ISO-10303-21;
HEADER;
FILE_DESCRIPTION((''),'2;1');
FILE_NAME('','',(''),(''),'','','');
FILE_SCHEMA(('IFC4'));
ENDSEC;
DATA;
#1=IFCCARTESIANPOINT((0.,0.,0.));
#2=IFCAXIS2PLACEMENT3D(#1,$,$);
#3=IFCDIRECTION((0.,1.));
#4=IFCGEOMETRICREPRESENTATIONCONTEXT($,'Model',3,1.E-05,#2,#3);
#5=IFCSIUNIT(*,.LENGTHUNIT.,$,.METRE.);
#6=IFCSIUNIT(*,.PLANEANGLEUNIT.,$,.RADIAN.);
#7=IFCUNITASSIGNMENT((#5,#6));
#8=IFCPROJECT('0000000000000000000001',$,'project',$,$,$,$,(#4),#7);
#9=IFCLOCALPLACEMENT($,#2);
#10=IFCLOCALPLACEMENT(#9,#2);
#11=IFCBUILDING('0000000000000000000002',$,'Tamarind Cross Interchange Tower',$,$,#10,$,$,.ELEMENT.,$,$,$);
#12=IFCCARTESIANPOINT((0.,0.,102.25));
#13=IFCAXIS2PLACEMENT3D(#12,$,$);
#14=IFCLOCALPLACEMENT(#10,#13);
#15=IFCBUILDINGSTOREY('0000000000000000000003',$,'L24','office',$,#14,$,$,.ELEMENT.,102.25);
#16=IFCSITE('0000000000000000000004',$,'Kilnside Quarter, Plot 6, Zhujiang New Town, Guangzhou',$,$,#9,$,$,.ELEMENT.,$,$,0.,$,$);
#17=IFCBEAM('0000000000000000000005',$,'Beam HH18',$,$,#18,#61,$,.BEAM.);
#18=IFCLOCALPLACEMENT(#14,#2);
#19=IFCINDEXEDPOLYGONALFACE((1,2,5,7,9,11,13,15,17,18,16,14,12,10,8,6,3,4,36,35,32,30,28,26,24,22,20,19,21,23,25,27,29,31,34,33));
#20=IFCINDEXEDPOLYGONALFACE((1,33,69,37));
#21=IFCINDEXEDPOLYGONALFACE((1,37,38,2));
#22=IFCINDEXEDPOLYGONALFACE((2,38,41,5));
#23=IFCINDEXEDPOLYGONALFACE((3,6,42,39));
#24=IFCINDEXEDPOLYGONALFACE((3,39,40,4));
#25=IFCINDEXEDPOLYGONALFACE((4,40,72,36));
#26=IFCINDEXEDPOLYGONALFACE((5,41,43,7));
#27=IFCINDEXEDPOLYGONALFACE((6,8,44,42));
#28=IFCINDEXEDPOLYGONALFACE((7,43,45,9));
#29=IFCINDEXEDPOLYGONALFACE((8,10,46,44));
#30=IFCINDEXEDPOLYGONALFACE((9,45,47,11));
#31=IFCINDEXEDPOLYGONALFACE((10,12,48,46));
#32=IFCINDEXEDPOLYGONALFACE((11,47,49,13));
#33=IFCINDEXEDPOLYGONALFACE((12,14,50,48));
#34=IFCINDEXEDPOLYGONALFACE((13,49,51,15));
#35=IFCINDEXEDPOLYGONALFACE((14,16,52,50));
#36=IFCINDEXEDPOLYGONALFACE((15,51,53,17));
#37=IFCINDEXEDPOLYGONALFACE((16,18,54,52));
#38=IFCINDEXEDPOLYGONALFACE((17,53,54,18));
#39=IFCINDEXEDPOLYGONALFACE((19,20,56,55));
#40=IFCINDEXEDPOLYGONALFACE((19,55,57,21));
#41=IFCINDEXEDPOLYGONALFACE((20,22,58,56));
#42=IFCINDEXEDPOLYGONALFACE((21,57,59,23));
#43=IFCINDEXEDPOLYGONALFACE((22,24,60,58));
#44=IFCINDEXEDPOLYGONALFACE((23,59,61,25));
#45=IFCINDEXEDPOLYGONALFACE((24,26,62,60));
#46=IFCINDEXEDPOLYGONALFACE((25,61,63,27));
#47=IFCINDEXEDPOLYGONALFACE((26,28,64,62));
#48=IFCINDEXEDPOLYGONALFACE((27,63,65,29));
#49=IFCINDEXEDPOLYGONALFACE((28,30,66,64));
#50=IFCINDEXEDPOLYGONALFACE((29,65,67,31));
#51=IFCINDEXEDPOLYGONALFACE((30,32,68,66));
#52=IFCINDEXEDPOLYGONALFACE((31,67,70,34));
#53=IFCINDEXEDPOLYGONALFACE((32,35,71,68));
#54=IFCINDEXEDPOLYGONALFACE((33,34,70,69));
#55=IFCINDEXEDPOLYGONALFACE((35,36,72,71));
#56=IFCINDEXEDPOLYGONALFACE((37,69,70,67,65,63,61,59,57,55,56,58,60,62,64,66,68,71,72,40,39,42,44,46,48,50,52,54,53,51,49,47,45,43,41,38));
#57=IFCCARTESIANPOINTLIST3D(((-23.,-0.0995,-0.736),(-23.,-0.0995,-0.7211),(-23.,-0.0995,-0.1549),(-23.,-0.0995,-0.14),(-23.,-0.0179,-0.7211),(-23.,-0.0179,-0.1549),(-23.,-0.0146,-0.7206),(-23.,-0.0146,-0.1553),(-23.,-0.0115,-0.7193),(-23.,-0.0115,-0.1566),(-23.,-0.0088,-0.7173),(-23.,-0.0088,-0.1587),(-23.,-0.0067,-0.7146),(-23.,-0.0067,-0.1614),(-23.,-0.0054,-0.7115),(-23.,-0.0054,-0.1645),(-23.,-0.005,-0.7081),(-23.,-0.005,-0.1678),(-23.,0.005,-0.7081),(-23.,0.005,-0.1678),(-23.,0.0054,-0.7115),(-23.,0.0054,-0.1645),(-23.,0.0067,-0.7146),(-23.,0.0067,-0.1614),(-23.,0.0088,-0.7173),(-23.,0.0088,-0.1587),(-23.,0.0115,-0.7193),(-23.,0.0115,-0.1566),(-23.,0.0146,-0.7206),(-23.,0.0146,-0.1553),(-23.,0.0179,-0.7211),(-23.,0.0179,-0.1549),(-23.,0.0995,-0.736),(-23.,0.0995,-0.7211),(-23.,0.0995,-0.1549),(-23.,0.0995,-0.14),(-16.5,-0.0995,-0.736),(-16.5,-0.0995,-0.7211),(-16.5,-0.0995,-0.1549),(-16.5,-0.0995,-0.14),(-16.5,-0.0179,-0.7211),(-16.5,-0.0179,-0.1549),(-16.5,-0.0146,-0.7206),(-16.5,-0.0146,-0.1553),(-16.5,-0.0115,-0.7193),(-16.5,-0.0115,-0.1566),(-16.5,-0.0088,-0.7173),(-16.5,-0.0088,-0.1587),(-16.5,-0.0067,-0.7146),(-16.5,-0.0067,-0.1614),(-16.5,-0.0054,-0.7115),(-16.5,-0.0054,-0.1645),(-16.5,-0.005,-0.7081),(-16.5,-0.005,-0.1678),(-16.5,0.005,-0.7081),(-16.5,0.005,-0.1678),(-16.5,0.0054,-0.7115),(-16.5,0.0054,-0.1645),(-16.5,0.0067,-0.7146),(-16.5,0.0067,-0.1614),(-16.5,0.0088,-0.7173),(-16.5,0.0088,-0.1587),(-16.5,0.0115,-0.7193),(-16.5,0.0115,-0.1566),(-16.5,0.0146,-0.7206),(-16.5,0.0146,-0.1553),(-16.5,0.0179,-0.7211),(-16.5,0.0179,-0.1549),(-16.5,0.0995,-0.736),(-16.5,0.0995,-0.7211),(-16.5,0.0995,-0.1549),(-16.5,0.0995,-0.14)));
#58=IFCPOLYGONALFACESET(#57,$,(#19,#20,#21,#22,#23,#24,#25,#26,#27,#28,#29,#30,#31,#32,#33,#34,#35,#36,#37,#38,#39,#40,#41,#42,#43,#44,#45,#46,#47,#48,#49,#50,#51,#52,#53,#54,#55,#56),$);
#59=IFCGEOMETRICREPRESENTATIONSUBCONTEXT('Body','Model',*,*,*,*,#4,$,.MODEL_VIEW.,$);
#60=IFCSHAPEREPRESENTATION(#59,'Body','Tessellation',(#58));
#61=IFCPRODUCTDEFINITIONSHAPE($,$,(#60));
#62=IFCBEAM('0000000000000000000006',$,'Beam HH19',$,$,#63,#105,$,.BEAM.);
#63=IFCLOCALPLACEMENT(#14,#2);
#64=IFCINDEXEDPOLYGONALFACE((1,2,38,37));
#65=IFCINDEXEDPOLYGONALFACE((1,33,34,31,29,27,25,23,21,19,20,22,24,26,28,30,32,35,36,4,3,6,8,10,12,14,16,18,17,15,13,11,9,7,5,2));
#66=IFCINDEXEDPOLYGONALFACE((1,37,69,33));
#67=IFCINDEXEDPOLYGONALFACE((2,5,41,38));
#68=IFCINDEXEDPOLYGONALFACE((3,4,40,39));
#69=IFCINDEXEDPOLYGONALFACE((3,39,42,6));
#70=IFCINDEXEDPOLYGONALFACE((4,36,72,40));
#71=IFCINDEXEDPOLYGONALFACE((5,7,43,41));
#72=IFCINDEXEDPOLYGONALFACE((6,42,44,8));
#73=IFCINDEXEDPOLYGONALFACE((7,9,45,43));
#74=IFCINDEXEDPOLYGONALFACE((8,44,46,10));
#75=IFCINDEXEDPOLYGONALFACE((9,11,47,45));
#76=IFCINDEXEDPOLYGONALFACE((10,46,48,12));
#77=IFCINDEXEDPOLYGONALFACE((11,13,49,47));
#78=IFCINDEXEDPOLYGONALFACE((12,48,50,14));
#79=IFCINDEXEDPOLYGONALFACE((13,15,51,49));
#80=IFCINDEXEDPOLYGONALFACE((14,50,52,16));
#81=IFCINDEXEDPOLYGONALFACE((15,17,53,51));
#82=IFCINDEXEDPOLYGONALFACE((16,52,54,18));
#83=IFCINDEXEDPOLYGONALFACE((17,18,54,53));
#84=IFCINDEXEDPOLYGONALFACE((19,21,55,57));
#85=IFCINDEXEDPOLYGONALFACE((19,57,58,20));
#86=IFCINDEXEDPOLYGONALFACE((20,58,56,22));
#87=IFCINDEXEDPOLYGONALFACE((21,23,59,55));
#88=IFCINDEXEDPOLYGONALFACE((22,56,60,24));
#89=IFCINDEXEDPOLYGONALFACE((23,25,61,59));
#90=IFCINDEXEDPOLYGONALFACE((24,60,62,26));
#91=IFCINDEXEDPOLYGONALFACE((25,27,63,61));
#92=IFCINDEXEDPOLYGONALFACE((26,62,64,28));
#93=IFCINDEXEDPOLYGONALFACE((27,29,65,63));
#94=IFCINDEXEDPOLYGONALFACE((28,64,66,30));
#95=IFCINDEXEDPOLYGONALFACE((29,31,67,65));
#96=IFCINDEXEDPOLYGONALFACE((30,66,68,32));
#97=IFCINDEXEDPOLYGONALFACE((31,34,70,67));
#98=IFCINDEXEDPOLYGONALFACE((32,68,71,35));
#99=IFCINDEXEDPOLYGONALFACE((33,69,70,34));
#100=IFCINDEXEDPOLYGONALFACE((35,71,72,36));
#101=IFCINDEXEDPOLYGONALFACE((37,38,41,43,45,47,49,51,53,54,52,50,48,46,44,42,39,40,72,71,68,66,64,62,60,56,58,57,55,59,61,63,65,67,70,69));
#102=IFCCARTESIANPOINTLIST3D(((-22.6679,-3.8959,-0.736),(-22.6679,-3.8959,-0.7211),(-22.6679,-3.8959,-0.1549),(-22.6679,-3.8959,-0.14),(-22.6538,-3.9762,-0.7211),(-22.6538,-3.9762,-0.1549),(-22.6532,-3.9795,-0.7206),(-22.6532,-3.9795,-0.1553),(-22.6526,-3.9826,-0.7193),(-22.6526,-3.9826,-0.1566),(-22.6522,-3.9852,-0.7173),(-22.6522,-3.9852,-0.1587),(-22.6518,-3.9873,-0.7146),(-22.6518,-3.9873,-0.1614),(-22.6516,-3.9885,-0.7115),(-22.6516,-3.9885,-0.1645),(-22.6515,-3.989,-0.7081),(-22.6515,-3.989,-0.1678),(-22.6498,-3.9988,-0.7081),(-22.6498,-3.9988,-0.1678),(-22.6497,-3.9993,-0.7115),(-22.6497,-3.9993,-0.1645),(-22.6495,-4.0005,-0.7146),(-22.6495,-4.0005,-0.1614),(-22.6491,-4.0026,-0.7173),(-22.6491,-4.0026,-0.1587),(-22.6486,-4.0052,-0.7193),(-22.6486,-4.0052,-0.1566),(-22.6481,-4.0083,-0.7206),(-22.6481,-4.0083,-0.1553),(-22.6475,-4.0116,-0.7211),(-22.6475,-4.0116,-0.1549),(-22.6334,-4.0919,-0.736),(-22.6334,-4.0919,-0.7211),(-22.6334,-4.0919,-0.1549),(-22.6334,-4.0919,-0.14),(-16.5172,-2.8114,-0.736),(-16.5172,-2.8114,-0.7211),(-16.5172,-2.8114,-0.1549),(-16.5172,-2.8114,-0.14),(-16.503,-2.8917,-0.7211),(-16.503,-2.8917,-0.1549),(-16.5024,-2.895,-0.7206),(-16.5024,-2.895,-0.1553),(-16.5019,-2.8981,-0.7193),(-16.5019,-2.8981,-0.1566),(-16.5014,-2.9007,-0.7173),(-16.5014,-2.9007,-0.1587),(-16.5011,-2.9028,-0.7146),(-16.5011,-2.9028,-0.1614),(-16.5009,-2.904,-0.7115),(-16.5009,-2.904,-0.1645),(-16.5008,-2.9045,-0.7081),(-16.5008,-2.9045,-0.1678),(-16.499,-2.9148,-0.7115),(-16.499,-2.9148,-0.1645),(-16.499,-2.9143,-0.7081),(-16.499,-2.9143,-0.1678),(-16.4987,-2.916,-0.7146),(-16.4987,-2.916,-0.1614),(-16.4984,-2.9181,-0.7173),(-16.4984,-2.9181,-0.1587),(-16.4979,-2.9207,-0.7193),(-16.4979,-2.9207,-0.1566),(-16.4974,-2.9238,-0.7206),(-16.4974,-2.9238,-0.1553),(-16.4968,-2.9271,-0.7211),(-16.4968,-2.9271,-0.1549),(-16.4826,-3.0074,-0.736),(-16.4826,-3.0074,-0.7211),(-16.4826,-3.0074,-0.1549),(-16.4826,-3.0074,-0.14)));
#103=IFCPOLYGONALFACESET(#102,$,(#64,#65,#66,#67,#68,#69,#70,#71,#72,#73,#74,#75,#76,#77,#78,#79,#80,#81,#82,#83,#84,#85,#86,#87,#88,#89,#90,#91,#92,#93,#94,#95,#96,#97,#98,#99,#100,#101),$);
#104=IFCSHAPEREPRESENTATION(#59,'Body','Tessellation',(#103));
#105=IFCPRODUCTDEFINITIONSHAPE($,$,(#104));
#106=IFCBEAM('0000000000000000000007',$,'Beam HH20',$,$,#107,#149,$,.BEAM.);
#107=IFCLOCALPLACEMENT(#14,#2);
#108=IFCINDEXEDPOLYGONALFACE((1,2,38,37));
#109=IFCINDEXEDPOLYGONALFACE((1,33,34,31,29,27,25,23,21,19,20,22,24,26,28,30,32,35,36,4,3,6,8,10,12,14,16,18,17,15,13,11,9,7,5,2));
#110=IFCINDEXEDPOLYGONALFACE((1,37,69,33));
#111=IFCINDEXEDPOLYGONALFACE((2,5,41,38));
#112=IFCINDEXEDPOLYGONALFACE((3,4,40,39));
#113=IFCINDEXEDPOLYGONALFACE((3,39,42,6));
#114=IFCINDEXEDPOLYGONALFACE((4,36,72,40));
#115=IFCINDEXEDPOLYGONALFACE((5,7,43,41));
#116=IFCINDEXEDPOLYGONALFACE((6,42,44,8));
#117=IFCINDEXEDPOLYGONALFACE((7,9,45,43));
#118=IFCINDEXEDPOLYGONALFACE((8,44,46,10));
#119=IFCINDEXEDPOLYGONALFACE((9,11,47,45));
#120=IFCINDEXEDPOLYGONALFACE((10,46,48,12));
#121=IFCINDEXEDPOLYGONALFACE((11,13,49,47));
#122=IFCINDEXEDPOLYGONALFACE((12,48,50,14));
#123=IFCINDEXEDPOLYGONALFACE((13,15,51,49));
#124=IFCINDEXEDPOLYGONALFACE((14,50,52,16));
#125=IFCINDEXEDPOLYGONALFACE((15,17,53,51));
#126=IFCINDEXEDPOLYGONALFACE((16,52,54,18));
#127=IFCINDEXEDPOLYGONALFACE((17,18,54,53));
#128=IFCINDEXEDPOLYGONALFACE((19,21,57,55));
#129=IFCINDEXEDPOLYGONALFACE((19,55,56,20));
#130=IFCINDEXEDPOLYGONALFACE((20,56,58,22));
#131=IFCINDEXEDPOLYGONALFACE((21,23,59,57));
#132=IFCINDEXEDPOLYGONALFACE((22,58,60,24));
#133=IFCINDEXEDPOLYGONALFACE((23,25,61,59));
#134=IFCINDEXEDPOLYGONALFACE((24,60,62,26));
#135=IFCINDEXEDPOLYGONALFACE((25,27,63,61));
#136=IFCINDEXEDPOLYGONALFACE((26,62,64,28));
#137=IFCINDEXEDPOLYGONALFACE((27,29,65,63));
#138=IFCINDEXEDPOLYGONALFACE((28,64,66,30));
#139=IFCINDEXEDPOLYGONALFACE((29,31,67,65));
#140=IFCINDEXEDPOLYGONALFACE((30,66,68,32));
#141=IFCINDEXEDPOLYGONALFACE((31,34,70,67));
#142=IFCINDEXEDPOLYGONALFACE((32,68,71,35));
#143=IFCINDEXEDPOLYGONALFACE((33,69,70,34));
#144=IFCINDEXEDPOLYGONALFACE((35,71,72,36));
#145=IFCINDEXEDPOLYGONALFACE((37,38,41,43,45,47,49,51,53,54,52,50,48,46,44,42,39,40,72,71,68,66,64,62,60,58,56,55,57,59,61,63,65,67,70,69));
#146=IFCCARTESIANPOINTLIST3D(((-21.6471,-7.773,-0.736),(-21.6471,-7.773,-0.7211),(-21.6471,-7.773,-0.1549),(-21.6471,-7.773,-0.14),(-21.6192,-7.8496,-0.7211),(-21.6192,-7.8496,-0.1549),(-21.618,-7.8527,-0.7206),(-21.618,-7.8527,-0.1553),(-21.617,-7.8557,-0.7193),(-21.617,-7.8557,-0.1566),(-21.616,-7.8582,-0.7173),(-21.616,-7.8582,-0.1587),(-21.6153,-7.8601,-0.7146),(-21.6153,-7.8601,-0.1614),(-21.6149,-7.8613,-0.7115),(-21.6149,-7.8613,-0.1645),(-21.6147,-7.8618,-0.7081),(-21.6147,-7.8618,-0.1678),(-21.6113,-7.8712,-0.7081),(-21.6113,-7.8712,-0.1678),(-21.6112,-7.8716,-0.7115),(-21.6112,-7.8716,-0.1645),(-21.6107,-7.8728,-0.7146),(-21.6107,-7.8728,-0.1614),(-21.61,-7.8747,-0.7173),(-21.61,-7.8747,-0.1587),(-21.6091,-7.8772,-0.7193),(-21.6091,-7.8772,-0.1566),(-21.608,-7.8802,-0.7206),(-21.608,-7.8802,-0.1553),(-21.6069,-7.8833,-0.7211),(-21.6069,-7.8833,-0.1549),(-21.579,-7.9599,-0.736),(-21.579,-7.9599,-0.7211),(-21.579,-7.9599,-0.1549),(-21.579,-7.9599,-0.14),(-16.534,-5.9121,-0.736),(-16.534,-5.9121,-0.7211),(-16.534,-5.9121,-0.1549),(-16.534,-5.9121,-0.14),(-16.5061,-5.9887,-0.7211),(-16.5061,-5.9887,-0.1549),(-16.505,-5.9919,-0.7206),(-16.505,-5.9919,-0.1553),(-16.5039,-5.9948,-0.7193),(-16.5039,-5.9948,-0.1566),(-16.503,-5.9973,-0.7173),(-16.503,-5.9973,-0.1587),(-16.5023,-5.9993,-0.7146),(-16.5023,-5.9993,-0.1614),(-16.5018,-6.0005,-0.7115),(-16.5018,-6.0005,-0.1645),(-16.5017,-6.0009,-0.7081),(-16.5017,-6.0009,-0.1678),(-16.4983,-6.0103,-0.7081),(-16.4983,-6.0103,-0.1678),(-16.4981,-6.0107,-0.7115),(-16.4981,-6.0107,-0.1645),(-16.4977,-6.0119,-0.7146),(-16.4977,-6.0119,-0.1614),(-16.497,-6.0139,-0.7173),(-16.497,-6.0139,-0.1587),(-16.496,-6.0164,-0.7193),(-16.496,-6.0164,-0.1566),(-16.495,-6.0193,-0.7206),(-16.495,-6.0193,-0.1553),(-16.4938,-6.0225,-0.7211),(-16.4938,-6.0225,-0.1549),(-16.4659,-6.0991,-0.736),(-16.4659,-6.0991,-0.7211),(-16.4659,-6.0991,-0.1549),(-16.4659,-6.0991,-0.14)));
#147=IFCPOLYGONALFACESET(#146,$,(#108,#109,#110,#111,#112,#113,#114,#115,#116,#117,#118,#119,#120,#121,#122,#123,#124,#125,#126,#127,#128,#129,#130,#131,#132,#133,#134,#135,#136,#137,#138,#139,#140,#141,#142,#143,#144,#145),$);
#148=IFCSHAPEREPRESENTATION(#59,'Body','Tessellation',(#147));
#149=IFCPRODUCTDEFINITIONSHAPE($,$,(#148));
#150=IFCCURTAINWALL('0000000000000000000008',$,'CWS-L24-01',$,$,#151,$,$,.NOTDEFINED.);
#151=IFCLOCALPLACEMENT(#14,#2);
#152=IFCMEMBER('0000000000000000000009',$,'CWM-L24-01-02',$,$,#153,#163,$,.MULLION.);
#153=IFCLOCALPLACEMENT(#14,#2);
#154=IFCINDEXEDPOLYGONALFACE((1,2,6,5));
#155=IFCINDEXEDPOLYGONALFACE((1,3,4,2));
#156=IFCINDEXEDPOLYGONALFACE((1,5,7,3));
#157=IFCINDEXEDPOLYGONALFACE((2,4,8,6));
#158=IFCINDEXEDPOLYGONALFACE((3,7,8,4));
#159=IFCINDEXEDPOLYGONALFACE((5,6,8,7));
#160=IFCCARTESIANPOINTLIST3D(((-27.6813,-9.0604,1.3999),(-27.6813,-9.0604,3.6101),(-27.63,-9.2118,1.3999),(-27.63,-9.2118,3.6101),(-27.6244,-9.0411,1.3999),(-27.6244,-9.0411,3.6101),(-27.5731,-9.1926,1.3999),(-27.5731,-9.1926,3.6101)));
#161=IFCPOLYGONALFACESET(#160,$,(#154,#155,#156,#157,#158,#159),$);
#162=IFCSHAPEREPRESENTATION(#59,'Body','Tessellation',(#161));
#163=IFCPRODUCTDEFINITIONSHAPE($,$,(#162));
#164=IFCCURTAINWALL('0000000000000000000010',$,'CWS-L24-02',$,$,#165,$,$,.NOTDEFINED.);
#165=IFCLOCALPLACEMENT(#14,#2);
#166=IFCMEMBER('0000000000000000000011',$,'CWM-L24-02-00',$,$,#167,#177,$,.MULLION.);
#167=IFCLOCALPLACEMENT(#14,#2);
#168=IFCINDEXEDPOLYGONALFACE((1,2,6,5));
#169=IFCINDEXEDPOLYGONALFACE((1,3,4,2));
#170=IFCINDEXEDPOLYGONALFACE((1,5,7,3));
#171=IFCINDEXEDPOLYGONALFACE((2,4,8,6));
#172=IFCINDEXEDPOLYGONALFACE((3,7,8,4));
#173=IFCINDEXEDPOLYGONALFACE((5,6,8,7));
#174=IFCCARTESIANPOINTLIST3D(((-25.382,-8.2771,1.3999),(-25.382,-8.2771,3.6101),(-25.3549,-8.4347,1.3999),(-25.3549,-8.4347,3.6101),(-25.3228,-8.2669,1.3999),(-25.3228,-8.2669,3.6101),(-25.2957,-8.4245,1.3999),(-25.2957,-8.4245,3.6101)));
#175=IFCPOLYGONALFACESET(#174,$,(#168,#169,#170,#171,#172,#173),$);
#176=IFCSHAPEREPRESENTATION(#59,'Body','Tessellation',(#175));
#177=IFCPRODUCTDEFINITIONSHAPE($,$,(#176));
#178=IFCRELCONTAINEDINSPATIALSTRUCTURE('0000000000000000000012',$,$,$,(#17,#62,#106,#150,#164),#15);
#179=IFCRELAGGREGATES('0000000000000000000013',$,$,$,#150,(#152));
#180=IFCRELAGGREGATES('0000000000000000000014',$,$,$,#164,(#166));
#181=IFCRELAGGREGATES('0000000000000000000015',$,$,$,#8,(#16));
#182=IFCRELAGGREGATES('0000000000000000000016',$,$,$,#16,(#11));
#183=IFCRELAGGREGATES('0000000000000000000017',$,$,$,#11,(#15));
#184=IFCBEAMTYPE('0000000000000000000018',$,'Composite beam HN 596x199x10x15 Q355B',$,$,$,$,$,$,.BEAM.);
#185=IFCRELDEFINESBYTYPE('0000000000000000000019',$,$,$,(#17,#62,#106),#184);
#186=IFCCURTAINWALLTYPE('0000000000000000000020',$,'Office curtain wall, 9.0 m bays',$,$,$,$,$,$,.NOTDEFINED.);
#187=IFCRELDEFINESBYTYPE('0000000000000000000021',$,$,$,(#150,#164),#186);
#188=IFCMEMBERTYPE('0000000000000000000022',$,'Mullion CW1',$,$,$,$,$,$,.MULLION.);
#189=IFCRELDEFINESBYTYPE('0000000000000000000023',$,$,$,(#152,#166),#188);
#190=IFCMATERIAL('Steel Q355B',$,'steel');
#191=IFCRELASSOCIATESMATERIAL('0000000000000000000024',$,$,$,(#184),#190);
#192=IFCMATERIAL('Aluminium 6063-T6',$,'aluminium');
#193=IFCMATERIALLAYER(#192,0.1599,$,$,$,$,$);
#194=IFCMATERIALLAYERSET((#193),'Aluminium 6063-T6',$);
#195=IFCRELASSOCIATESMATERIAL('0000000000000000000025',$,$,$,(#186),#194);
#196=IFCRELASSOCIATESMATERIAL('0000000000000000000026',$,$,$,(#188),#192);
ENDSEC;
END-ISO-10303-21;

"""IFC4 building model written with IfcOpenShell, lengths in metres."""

from ifc_helpers import new_model, si_unit, direction, frame, origin, origin_2d, place, context, subcontext, project, spatial, rectangle, i_section, extrude, material, layer, layer_set, material_profile, profile_set, type_object, element, aggregate, save


model = new_model("IFC4")

# Units and contexts
model_context = context("Model", 3, precision=1e-05, world=origin(), true_north=direction((0.0, 1.0)))
body_context = subcontext(model_context, "Body", "Model", "MODEL_VIEW")
ifc_project = project(units=[si_unit("LENGTHUNIT", "METRE"), si_unit("PLANEANGLEUNIT", "RADIAN")], contexts=[model_context])

# Site, building, storey
site_placement = place(None, origin())
site = spatial("IfcSite", under=ifc_project, at=site_placement, Name="Kilnside Quarter, Plot 6, Zhujiang New Town, Guangzhou", CompositionType="ELEMENT", RefElevation=0.0)
building_placement = place(site_placement, origin())
building = spatial("IfcBuilding", under=site, at=building_placement, Name="Tamarind Cross Interchange Tower", CompositionType="ELEMENT")
storey_placement = place(building_placement, frame((0.0, 0.0, 102.25)))
storey = spatial("IfcBuildingStorey", under=building, at=storey_placement, Name="L24", Description="office", CompositionType="ELEMENT", Elevation=102.25)

# Beams
ifc_material_1 = material(Name="Steel Q355B", Category="steel")
ifc_material_profile_1 = material_profile(ifc_material_1, i_section(OverallWidth=0.199, OverallDepth=0.5959, WebThickness=0.01, FlangeThickness=0.0149, FilletRadius=0.0129, at=origin_2d()), Name="HN 596x199x10x15")
ifc_profile_set_1 = profile_set([ifc_material_profile_1], Name="Steel Q355B")
beam_type_1 = type_object("IfcBeamType", Name="Composite beam HN 596x199x10x15 Q355B", PredefinedType="BEAM", material=ifc_profile_set_1)
beam_1_placement = place(storey_placement, frame((-23.0, 0.0, -0.438), z_axis=(1.0, 0.0, 0.0), x_axis=(0.0, 1.0, 0.0)))
element("IfcBeam", 1, at=beam_1_placement, inside=storey, type_object=beam_type_1, Name="Beam HH18", PredefinedType="BEAM", context=body_context, shape_type="SweptSolid", body=[
    extrude(i_section(OverallWidth=0.199, OverallDepth=0.5959, WebThickness=0.01, FlangeThickness=0.0149, FilletRadius=0.0129, at=origin_2d()), origin(), (0.0, 0.0, 1.0), 6.5),
])
beam_2_placement = place(storey_placement, frame((-22.6506, -3.9939, -0.438), z_axis=(0.984809, 0.17364, 0.0), x_axis=(-0.17364, 0.984809, 0.0)))
element("IfcBeam", 2, at=beam_2_placement, inside=storey, type_object=beam_type_1, Name="Beam HH19", PredefinedType="BEAM", context=body_context, shape_type="SweptSolid", body=[
    extrude(i_section(OverallWidth=0.199, OverallDepth=0.5959, WebThickness=0.01, FlangeThickness=0.0149, FilletRadius=0.0129, at=origin_2d()), origin(), (0.0, 0.0, 1.0), 6.2456),
])
beam_3_placement = place(storey_placement, frame((-21.613, -7.8665, -0.438), z_axis=(0.939702, 0.341995, 0.0), x_axis=(-0.341995, 0.939702, 0.0)))
element("IfcBeam", 3, at=beam_3_placement, inside=storey, type_object=beam_type_1, Name="Beam HH20", PredefinedType="BEAM", context=body_context, shape_type="SweptSolid", body=[
    extrude(i_section(OverallWidth=0.199, OverallDepth=0.5959, WebThickness=0.01, FlangeThickness=0.0149, FilletRadius=0.0129, at=origin_2d()), origin(), (0.0, 0.0, 1.0), 5.4412),
])

# Curtain walls, members
ifc_material_2 = material(Name="Aluminium 6063-T6", Category="aluminium")
ifc_layer_1 = layer(ifc_material_2, 0.1599)
ifc_layer_set_1 = layer_set([ifc_layer_1], Name="Aluminium 6063-T6")
curtain_wall_type = type_object("IfcCurtainWallType", Name="Office curtain wall, 9.0 m bays", PredefinedType="NOTDEFINED", material=ifc_layer_set_1)
curtain_wall_1_placement = place(storey_placement, origin())
curtain_wall_1 = element("IfcCurtainWall", 4, at=curtain_wall_1_placement, inside=storey, type_object=curtain_wall_type, Name="CWS-L24-01", PredefinedType="NOTDEFINED")
ifc_material_profile_2 = material_profile(ifc_material_2, rectangle(XDim=0.0601, YDim=0.1599, at=origin_2d()), Name="Mullion CW1")
ifc_profile_set_2 = profile_set([ifc_material_profile_2], Name="Aluminium 6063-T6")
member_type = type_object("IfcMemberType", Name="Mullion CW1", PredefinedType="MULLION", material=ifc_profile_set_2)
member_1_placement = place(storey_placement, frame((-27.6272, -9.1265, 1.3999), z_axis=(0.0, 0.0, 1.0), x_axis=(0.947093, 0.320959, 0.0)))
member_1 = element("IfcMember", 5, at=member_1_placement, type_object=member_type, Name="CWM-L24-01-02", PredefinedType="MULLION", context=body_context, shape_type="SweptSolid", body=[
    extrude(rectangle(XDim=0.0601, YDim=0.1599, at=origin_2d()), origin(), (0.0, 0.0, 1.0), 2.2102),
])
aggregate(curtain_wall_1, [member_1])
curtain_wall_2_placement = place(storey_placement, origin())
curtain_wall_2 = element("IfcCurtainWall", 6, at=curtain_wall_2_placement, inside=storey, type_object=curtain_wall_type, Name="CWS-L24-02", PredefinedType="NOTDEFINED")
member_2_placement = place(storey_placement, frame((-25.3389, -8.3508, 1.3999), z_axis=(0.0, 0.0, 1.0), x_axis=(0.985508, 0.169628, 0.0)))
member_2 = element("IfcMember", 7, at=member_2_placement, type_object=member_type, Name="CWM-L24-02-00", PredefinedType="MULLION", context=body_context, shape_type="SweptSolid", body=[
    extrude(rectangle(XDim=0.0601, YDim=0.1599, at=origin_2d()), origin(), (0.0, 0.0, 1.0), 2.2102),
])
aggregate(curtain_wall_2, [member_2])

save(model, "model.ifc")
